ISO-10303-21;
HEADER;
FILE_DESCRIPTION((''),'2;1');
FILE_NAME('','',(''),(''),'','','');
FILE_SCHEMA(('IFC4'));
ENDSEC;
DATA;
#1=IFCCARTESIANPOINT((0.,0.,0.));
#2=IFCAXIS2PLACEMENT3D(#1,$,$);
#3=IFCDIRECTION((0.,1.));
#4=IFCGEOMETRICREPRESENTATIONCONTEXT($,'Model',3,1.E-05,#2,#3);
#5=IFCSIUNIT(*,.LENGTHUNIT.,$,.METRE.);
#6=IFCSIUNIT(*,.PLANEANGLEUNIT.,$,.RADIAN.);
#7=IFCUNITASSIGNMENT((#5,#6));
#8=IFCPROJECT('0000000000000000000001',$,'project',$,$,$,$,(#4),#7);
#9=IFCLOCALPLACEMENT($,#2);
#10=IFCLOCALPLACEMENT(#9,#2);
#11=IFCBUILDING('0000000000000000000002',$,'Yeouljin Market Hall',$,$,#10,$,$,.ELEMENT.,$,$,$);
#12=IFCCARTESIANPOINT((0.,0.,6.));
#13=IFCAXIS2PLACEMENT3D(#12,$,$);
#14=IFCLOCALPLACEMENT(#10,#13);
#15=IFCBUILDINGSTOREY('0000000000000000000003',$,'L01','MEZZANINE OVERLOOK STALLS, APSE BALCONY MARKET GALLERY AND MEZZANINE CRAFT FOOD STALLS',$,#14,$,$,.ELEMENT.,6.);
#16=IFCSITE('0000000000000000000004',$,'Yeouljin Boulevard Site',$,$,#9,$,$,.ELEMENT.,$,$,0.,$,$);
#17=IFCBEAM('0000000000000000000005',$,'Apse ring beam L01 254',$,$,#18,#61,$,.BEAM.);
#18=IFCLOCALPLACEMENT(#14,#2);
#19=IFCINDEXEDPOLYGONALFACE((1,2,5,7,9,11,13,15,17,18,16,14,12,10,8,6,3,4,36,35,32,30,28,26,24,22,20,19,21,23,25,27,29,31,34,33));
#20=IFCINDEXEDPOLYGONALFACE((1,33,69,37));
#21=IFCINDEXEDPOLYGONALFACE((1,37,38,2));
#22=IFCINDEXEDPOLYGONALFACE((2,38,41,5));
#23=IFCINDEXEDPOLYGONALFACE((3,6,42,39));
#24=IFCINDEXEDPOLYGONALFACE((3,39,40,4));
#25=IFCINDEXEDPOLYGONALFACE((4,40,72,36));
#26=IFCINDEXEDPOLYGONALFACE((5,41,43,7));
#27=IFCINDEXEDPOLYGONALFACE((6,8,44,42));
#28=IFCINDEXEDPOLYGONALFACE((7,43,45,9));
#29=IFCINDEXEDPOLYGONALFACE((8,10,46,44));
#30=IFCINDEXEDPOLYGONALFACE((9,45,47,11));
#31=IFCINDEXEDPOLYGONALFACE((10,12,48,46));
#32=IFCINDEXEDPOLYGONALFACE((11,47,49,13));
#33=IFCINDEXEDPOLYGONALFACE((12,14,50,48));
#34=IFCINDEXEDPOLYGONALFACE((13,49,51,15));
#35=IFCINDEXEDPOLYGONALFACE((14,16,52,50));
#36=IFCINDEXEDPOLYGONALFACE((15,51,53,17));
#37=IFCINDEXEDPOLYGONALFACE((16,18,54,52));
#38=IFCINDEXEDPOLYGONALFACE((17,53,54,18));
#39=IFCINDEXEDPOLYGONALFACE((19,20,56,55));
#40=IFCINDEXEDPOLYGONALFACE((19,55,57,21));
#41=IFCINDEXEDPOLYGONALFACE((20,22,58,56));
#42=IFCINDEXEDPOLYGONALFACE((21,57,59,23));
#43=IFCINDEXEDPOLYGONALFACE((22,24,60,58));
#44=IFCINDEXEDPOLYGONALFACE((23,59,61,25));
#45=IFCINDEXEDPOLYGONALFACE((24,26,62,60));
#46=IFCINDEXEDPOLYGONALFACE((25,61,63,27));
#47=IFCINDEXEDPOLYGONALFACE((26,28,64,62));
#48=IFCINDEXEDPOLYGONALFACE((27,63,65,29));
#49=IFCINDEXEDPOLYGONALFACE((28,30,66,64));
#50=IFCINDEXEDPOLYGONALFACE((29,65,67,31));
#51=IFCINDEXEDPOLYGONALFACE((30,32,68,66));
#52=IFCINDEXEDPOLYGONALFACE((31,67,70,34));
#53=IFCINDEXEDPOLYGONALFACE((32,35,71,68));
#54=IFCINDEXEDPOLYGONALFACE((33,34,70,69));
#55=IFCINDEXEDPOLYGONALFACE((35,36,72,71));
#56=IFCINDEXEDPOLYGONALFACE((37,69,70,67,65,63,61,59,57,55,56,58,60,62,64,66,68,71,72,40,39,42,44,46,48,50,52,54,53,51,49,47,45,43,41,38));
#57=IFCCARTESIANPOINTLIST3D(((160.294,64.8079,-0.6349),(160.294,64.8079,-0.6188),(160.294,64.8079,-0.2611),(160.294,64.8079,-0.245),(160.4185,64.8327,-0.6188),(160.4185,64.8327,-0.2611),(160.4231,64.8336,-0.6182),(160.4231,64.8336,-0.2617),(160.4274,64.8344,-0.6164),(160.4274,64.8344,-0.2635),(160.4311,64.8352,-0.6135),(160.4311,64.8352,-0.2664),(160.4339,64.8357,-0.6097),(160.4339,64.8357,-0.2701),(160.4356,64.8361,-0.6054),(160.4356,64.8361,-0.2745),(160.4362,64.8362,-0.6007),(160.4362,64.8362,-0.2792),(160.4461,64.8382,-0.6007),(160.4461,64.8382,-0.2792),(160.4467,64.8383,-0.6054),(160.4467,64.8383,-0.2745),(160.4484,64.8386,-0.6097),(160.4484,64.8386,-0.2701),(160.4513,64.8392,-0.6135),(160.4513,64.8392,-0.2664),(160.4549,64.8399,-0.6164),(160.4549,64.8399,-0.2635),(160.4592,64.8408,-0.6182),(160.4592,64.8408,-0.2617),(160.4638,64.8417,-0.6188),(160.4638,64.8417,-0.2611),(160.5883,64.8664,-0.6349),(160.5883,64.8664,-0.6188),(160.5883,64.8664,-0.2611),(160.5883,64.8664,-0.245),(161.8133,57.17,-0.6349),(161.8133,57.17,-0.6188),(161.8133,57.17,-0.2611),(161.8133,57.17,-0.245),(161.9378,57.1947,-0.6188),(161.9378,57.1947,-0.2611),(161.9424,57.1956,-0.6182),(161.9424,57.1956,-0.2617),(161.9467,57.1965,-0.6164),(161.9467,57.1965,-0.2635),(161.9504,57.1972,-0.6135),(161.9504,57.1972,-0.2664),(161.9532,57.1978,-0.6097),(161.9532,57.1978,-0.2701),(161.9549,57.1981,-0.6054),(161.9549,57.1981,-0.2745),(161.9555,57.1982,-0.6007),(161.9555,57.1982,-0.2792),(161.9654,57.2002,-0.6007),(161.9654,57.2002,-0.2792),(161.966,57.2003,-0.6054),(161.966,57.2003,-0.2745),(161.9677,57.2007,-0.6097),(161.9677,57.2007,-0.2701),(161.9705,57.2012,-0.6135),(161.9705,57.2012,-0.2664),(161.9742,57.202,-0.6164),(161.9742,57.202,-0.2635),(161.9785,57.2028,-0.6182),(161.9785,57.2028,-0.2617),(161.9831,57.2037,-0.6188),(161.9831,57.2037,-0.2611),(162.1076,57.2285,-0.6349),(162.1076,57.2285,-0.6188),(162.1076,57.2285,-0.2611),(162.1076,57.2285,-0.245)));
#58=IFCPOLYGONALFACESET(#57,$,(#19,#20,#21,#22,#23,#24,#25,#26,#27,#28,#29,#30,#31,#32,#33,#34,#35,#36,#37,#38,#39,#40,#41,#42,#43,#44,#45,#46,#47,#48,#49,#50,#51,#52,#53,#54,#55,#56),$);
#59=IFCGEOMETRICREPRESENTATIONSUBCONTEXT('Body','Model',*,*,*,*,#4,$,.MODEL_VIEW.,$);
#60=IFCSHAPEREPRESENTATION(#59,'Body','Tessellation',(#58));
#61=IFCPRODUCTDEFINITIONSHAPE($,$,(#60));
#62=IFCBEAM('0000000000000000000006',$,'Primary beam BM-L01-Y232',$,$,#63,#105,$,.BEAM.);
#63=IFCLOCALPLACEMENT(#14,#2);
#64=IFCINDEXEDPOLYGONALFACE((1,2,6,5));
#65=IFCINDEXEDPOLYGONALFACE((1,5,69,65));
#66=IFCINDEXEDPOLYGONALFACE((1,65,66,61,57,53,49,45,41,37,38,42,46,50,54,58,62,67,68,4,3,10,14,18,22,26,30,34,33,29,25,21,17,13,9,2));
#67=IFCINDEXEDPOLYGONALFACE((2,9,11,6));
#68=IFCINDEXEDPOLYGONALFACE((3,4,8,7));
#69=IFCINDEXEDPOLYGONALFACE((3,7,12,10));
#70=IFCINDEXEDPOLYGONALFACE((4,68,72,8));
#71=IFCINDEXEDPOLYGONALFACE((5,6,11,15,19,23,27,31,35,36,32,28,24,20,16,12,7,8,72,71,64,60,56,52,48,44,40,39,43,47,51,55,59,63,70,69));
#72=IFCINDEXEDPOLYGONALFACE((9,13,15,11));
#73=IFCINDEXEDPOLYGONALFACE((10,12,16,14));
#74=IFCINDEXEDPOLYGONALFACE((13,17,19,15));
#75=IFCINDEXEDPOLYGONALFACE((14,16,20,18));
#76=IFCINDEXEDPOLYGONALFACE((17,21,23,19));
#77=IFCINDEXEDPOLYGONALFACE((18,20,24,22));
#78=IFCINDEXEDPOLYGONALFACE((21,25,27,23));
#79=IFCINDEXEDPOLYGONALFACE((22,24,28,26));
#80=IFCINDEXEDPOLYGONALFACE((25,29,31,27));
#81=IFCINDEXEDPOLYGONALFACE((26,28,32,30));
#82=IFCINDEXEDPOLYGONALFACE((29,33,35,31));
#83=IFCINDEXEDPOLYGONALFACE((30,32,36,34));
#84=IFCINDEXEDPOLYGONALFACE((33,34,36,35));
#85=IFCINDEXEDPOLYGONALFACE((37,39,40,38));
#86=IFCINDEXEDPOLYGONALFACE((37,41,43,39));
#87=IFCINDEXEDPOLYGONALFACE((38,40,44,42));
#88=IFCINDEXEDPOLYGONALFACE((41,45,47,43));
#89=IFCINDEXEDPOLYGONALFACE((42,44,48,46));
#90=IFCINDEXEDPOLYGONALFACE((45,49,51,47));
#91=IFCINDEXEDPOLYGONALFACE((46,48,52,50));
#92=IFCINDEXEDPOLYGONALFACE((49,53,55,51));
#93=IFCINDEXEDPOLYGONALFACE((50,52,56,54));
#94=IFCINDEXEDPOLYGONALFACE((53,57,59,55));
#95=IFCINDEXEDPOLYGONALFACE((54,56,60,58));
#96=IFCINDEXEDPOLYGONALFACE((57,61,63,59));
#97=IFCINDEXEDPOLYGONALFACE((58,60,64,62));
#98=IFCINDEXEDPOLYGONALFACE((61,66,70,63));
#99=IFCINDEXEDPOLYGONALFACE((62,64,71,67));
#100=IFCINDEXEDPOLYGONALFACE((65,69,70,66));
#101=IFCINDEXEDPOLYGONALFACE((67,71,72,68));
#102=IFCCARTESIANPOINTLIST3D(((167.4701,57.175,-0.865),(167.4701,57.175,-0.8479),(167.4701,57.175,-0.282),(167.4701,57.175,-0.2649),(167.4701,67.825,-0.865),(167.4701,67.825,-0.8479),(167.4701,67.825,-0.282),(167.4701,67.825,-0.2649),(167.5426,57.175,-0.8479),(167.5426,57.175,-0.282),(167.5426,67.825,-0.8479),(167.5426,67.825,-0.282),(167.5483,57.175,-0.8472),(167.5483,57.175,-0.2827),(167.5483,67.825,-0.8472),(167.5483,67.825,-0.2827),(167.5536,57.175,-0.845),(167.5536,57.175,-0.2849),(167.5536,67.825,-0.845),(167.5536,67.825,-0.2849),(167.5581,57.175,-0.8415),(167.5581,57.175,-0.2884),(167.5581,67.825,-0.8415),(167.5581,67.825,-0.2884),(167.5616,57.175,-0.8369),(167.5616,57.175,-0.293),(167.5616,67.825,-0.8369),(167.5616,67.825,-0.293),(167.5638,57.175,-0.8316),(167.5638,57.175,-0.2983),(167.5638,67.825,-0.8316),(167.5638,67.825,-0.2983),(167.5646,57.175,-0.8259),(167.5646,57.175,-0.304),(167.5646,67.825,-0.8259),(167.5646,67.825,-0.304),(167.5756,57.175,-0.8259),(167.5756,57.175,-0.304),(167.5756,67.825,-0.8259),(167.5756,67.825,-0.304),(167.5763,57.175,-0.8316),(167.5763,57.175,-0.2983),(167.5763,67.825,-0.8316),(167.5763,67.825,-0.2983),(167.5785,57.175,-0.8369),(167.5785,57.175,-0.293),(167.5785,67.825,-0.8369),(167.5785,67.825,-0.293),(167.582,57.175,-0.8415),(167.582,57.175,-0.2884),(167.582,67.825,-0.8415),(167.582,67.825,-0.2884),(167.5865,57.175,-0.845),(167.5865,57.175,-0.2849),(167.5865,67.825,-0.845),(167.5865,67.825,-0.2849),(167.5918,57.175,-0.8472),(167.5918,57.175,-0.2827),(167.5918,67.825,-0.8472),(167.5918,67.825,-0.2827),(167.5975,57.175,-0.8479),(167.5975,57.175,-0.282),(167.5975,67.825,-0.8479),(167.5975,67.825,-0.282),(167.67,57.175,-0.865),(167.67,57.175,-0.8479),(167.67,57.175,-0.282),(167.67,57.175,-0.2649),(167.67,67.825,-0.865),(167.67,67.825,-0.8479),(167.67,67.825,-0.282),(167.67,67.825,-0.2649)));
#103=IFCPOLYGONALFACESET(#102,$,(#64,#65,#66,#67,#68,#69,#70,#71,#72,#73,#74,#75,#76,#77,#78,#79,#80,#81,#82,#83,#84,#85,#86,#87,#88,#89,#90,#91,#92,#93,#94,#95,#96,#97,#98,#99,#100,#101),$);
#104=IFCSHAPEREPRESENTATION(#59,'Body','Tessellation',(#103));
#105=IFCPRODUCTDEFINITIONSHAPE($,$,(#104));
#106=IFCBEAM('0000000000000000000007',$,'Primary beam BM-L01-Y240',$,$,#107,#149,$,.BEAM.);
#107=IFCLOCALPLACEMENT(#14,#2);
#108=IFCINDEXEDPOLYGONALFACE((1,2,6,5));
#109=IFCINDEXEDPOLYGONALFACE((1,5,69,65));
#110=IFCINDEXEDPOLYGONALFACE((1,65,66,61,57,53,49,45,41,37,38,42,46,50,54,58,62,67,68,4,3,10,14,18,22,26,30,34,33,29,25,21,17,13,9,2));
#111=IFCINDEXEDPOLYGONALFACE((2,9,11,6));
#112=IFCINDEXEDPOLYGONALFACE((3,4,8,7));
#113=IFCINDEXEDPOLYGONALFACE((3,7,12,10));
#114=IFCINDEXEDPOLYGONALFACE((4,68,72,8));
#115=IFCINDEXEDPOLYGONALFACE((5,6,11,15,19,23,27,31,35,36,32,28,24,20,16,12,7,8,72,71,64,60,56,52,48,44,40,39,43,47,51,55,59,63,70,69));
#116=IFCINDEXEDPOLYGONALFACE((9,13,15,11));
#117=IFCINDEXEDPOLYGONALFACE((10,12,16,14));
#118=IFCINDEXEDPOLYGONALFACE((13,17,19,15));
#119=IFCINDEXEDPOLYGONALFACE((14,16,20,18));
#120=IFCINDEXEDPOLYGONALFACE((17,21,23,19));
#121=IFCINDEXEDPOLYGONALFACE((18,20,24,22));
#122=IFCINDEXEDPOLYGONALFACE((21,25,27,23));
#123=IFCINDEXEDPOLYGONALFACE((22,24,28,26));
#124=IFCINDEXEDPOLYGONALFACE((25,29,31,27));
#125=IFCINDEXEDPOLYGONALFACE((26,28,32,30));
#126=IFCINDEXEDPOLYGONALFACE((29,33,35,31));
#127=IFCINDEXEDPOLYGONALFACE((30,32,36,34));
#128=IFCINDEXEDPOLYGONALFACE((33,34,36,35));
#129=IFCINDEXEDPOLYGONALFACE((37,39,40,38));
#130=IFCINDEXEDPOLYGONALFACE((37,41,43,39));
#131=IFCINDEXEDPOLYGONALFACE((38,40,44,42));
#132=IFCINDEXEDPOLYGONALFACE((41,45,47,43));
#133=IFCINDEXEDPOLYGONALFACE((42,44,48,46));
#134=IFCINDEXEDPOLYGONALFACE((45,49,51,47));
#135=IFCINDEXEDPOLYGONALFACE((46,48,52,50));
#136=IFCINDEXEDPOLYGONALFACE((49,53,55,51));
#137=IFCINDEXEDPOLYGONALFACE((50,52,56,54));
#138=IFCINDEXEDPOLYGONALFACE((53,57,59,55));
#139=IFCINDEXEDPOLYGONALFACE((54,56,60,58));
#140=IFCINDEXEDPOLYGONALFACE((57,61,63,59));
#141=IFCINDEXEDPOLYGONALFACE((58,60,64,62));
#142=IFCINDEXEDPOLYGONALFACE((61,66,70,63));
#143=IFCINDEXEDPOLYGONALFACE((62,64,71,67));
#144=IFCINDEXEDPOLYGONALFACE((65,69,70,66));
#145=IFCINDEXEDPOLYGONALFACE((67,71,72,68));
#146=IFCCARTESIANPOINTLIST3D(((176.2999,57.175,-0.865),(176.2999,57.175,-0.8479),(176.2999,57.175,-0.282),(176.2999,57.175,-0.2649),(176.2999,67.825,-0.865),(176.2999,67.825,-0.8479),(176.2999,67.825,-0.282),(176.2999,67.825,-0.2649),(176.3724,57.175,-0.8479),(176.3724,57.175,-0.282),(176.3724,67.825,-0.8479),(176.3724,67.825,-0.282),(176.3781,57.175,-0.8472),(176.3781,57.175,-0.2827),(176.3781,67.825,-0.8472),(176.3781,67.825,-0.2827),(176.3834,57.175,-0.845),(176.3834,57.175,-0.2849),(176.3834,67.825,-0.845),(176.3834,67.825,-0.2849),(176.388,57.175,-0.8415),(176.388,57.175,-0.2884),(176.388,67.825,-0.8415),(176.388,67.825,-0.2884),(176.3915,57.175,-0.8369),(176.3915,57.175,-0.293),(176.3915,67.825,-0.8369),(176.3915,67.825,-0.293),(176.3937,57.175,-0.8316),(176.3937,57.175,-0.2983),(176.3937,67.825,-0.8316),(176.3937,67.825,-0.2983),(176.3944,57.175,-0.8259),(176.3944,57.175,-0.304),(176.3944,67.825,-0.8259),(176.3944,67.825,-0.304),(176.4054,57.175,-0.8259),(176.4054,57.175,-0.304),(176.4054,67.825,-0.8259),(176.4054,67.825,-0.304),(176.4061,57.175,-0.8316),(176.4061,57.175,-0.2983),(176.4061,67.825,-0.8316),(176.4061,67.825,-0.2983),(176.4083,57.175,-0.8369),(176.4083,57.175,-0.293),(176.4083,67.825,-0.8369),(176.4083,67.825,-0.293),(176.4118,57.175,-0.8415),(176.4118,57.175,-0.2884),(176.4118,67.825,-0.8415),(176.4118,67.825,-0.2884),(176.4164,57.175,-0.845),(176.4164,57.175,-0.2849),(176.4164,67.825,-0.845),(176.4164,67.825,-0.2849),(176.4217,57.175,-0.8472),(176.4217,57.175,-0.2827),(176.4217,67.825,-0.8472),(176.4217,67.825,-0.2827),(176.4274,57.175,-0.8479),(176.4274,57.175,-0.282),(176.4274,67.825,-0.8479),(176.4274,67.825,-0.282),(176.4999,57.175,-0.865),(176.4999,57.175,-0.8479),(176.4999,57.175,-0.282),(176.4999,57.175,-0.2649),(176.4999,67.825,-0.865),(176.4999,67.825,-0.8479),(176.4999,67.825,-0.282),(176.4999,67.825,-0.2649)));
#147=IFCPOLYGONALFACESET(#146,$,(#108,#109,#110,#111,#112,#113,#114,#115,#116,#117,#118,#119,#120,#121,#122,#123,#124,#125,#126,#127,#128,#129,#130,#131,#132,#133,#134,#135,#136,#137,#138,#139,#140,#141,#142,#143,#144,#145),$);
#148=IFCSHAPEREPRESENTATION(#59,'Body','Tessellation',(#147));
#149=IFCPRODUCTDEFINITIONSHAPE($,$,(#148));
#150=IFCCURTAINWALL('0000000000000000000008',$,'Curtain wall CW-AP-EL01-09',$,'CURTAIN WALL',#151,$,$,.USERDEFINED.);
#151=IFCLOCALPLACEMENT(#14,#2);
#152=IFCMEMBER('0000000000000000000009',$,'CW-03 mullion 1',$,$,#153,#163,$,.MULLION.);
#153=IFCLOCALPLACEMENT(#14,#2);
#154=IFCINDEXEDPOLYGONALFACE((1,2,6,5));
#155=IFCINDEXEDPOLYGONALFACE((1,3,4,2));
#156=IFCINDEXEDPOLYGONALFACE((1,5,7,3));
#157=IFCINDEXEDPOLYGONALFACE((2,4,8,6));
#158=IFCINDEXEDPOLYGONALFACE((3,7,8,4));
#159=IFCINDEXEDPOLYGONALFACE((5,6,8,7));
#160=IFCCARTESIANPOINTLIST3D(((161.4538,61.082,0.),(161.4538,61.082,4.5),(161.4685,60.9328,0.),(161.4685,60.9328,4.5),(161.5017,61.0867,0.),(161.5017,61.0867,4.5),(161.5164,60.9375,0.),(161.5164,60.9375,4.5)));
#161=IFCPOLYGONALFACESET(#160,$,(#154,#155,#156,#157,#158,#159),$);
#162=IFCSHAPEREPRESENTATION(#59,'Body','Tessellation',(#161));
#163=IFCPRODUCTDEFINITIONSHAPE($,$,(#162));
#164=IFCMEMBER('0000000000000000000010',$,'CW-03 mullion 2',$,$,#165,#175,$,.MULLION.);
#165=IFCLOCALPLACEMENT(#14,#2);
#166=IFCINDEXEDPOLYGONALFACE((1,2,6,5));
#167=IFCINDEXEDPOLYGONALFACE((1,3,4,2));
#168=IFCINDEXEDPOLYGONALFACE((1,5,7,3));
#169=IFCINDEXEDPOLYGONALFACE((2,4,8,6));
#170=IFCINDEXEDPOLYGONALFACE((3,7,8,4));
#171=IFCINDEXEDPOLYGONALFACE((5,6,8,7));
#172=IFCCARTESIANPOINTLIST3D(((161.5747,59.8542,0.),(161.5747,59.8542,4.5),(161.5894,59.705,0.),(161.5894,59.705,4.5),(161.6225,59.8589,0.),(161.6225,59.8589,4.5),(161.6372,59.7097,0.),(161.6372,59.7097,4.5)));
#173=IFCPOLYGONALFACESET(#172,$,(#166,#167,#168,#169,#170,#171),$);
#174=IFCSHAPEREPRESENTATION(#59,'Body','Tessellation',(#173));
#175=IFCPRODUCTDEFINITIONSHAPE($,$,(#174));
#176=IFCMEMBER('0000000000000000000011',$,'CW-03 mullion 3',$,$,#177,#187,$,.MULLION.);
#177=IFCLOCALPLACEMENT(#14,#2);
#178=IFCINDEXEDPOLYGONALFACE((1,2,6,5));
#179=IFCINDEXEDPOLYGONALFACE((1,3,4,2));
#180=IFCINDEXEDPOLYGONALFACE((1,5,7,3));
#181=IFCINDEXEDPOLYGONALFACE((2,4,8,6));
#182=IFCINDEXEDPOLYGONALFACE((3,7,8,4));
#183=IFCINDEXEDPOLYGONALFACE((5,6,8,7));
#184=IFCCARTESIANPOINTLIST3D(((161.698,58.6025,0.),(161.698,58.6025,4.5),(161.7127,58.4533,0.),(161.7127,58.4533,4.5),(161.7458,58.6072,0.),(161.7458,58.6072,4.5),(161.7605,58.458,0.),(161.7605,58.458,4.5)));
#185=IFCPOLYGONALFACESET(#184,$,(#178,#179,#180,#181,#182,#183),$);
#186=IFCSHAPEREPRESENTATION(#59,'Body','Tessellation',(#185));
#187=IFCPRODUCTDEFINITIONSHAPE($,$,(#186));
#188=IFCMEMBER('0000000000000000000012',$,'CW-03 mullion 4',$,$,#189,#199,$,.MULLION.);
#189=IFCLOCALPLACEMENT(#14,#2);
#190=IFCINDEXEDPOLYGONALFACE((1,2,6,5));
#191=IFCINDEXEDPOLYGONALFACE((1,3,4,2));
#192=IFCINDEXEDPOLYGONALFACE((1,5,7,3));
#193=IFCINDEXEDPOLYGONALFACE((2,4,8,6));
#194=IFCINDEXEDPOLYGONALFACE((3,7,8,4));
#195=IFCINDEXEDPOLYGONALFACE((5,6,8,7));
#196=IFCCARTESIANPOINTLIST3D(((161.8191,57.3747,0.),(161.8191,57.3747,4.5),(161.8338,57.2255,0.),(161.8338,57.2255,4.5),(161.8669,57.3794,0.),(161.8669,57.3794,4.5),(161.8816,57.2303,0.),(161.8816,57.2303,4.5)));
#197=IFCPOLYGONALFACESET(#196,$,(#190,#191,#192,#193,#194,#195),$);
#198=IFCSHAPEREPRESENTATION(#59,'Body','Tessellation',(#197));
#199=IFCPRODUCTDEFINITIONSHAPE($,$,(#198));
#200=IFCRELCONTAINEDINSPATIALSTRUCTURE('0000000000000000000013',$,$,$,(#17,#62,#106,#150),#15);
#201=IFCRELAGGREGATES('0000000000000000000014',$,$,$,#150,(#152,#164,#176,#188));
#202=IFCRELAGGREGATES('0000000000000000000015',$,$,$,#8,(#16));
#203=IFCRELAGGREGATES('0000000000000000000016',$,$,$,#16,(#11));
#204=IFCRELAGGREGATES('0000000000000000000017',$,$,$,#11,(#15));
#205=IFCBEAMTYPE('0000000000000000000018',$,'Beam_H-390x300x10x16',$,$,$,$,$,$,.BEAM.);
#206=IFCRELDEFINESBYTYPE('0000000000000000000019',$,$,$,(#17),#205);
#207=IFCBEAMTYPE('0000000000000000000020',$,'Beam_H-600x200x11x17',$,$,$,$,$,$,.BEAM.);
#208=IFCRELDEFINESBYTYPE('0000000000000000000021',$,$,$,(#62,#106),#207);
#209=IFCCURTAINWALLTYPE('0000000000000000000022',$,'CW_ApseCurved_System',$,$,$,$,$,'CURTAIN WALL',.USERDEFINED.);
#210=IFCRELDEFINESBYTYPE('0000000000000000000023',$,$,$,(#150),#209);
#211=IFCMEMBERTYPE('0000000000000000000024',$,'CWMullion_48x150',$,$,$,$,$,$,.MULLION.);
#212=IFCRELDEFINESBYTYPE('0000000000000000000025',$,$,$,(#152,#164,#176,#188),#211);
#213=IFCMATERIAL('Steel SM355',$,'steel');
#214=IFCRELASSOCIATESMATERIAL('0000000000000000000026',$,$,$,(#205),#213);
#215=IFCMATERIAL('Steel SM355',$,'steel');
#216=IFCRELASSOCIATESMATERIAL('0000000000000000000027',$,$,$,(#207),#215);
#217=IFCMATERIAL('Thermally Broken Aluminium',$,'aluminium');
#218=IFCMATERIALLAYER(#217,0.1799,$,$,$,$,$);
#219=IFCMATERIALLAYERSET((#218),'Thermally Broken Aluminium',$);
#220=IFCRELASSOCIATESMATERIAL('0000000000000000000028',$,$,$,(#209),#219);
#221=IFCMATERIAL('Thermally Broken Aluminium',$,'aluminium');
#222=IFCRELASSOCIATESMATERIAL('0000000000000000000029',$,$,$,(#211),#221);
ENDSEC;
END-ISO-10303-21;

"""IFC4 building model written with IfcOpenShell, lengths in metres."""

from ifc_helpers import new_model, si_unit, direction, frame, origin, origin_2d, place, context, subcontext, project, spatial, rectangle, i_section, extrude, material, layer, layer_set, material_profile, profile_set, type_object, element, aggregate, save


model = new_model("IFC4")

# Units and contexts
model_context = context("Model", 3, precision=1e-05, world=origin(), true_north=direction((0.0, 1.0)))
body_context = subcontext(model_context, "Body", "Model", "MODEL_VIEW")
ifc_project = project(units=[si_unit("LENGTHUNIT", "METRE"), si_unit("PLANEANGLEUNIT", "RADIAN")], contexts=[model_context])

# Site, building, storey
site_placement = place(None, origin())
site = spatial("IfcSite", under=ifc_project, at=site_placement, Name="Yeouljin Boulevard Site", CompositionType="ELEMENT", RefElevation=0.0)
building_placement = place(site_placement, origin())
building = spatial("IfcBuilding", under=site, at=building_placement, Name="Yeouljin Market Hall", CompositionType="ELEMENT")
storey_placement = place(building_placement, frame((0.0, 0.0, 6.0)))
storey = spatial("IfcBuildingStorey", under=building, at=storey_placement, Name="L01", Description="MEZZANINE OVERLOOK STALLS, APSE BALCONY MARKET GALLERY AND MEZZANINE CRAFT FOOD STALLS", CompositionType="ELEMENT", Elevation=6.0)

# Beams
ifc_material_1 = material(Name="Steel SM355", Category="steel")
ifc_material_profile_1 = material_profile(ifc_material_1, i_section(OverallWidth=0.3, OverallDepth=0.3899, WebThickness=0.01, FlangeThickness=0.0161, FilletRadius=0.0181, at=origin_2d()), Name="H-390x300x10x16")
ifc_profile_set_1 = profile_set([ifc_material_profile_1], Name="Steel SM355")
beam_type_1 = type_object("IfcBeamType", Name="Beam_H-390x300x10x16", PredefinedType="BEAM", material=ifc_profile_set_1)
beam_placement = place(storey_placement, frame((161.9604, 57.1992, -0.4399), z_axis=(-0.195091, 0.980785, 0.0), x_axis=(-0.980785, -0.195091, 0.0)))
element("IfcBeam", 1, at=beam_placement, inside=storey, type_object=beam_type_1, Name="Apse ring beam L01 254", PredefinedType="BEAM", context=body_context, shape_type="SweptSolid", body=[
    extrude(i_section(OverallWidth=0.3, OverallDepth=0.3899, WebThickness=0.01, FlangeThickness=0.0161, FilletRadius=0.0181, at=origin_2d()), origin(), (0.0, 0.0, 1.0), 7.7876),
])
ifc_material_2 = material(Name="Steel SM355", Category="steel")
ifc_material_profile_2 = material_profile(ifc_material_2, i_section(OverallWidth=0.2, OverallDepth=0.6001, WebThickness=0.011, FlangeThickness=0.0171, FilletRadius=0.022, at=origin_2d()), Name="H-600x200x11x17")
ifc_profile_set_2 = profile_set([ifc_material_profile_2], Name="Steel SM355")
beam_type_2 = type_object("IfcBeamType", Name="Beam_H-600x200x11x17", PredefinedType="BEAM", material=ifc_profile_set_2)
for number, where, z_axis, x_axis, name in (
    (2, (167.5701, 57.175, -0.5649), (0.0, 1.0, 0.0), (-1.0, 0.0, 0.0), "Primary beam BM-L01-Y232"),
    (3, (176.3999, 57.175, -0.5649), (0.0, 1.0, 0.0), (-1.0, 0.0, 0.0), "Primary beam BM-L01-Y240"),
):
    element("IfcBeam", number, at=place(storey_placement, frame(where, z_axis=z_axis, x_axis=x_axis)), inside=storey, type_object=beam_type_2, Name=name, PredefinedType="BEAM", context=body_context, shape_type="SweptSolid", body=[
        extrude(i_section(OverallWidth=0.2, OverallDepth=0.6001, WebThickness=0.011, FlangeThickness=0.0171, FilletRadius=0.022, at=origin_2d()), origin(), (0.0, 0.0, 1.0), 10.6499),
    ])

# Curtain wall, members
ifc_material_3 = material(Name="Thermally Broken Aluminium", Category="aluminium")
ifc_layer_1 = layer(ifc_material_3, 0.1799)
ifc_layer_set_1 = layer_set([ifc_layer_1], Name="Thermally Broken Aluminium")
curtain_wall_type = type_object("IfcCurtainWallType", Name="CW_ApseCurved_System", ElementType="CURTAIN WALL", PredefinedType="USERDEFINED", material=ifc_layer_set_1)
curtain_wall_1_placement = place(storey_placement, origin())
curtain_wall_1 = element("IfcCurtainWall", 4, at=curtain_wall_1_placement, inside=storey, type_object=curtain_wall_type, Name="Curtain wall CW-AP-EL01-09", ObjectType="CURTAIN WALL", PredefinedType="USERDEFINED")
ifc_material_4 = material(Name="Thermally Broken Aluminium", Category="aluminium")
ifc_material_profile_3 = material_profile(ifc_material_4, rectangle(XDim=0.0481, YDim=0.1499, at=origin_2d()), Name="CW-MULL-48x150")
ifc_profile_set_3 = profile_set([ifc_material_profile_3], Name="Thermally Broken Aluminium")
member_type_1 = type_object("IfcMemberType", Name="CWMullion_48x150", PredefinedType="MULLION", material=ifc_profile_set_3)
member_1_placement = place(storey_placement, frame((161.4851, 61.0098, 0.0), z_axis=(0.0, 0.0, 1.0), x_axis=(0.995183, 0.098034, 0.0)))
member_1 = element("IfcMember", 5, at=member_1_placement, type_object=member_type_1, Name="CW-03 mullion 1", PredefinedType="MULLION", context=body_context, shape_type="SweptSolid", body=[
    extrude(rectangle(XDim=0.0481, YDim=0.1499, at=origin_2d()), origin(), (0.0, 0.0, 1.0), 4.5),
])
member_2_placement = place(storey_placement, frame((161.606, 59.782, 0.0), z_axis=(0.0, 0.0, 1.0), x_axis=(0.995183, 0.098034, 0.0)))
member_2 = element("IfcMember", 6, at=member_2_placement, type_object=member_type_1, Name="CW-03 mullion 2", PredefinedType="MULLION", context=body_context, shape_type="SweptSolid", body=[
    extrude(rectangle(XDim=0.0481, YDim=0.1499, at=origin_2d()), origin(), (0.0, 0.0, 1.0), 4.5),
])
member_3_placement = place(storey_placement, frame((161.7292, 58.5303, 0.0), z_axis=(0.0, 0.0, 1.0), x_axis=(0.995183, 0.098034, 0.0)))
member_3 = element("IfcMember", 7, at=member_3_placement, type_object=member_type_1, Name="CW-03 mullion 3", PredefinedType="MULLION", context=body_context, shape_type="SweptSolid", body=[
    extrude(rectangle(XDim=0.0481, YDim=0.1499, at=origin_2d()), origin(), (0.0, 0.0, 1.0), 4.5),
])
member_4_placement = place(storey_placement, frame((161.8503, 57.3025, 0.0), z_axis=(0.0, 0.0, 1.0), x_axis=(0.995183, 0.098034, 0.0)))
member_4 = element("IfcMember", 8, at=member_4_placement, type_object=member_type_1, Name="CW-03 mullion 4", PredefinedType="MULLION", context=body_context, shape_type="SweptSolid", body=[
    extrude(rectangle(XDim=0.0481, YDim=0.1499, at=origin_2d()), origin(), (0.0, 0.0, 1.0), 4.5),
])

aggregate(curtain_wall_1, [member_1, member_2, member_3, member_4])

save(model, "model.ifc")
